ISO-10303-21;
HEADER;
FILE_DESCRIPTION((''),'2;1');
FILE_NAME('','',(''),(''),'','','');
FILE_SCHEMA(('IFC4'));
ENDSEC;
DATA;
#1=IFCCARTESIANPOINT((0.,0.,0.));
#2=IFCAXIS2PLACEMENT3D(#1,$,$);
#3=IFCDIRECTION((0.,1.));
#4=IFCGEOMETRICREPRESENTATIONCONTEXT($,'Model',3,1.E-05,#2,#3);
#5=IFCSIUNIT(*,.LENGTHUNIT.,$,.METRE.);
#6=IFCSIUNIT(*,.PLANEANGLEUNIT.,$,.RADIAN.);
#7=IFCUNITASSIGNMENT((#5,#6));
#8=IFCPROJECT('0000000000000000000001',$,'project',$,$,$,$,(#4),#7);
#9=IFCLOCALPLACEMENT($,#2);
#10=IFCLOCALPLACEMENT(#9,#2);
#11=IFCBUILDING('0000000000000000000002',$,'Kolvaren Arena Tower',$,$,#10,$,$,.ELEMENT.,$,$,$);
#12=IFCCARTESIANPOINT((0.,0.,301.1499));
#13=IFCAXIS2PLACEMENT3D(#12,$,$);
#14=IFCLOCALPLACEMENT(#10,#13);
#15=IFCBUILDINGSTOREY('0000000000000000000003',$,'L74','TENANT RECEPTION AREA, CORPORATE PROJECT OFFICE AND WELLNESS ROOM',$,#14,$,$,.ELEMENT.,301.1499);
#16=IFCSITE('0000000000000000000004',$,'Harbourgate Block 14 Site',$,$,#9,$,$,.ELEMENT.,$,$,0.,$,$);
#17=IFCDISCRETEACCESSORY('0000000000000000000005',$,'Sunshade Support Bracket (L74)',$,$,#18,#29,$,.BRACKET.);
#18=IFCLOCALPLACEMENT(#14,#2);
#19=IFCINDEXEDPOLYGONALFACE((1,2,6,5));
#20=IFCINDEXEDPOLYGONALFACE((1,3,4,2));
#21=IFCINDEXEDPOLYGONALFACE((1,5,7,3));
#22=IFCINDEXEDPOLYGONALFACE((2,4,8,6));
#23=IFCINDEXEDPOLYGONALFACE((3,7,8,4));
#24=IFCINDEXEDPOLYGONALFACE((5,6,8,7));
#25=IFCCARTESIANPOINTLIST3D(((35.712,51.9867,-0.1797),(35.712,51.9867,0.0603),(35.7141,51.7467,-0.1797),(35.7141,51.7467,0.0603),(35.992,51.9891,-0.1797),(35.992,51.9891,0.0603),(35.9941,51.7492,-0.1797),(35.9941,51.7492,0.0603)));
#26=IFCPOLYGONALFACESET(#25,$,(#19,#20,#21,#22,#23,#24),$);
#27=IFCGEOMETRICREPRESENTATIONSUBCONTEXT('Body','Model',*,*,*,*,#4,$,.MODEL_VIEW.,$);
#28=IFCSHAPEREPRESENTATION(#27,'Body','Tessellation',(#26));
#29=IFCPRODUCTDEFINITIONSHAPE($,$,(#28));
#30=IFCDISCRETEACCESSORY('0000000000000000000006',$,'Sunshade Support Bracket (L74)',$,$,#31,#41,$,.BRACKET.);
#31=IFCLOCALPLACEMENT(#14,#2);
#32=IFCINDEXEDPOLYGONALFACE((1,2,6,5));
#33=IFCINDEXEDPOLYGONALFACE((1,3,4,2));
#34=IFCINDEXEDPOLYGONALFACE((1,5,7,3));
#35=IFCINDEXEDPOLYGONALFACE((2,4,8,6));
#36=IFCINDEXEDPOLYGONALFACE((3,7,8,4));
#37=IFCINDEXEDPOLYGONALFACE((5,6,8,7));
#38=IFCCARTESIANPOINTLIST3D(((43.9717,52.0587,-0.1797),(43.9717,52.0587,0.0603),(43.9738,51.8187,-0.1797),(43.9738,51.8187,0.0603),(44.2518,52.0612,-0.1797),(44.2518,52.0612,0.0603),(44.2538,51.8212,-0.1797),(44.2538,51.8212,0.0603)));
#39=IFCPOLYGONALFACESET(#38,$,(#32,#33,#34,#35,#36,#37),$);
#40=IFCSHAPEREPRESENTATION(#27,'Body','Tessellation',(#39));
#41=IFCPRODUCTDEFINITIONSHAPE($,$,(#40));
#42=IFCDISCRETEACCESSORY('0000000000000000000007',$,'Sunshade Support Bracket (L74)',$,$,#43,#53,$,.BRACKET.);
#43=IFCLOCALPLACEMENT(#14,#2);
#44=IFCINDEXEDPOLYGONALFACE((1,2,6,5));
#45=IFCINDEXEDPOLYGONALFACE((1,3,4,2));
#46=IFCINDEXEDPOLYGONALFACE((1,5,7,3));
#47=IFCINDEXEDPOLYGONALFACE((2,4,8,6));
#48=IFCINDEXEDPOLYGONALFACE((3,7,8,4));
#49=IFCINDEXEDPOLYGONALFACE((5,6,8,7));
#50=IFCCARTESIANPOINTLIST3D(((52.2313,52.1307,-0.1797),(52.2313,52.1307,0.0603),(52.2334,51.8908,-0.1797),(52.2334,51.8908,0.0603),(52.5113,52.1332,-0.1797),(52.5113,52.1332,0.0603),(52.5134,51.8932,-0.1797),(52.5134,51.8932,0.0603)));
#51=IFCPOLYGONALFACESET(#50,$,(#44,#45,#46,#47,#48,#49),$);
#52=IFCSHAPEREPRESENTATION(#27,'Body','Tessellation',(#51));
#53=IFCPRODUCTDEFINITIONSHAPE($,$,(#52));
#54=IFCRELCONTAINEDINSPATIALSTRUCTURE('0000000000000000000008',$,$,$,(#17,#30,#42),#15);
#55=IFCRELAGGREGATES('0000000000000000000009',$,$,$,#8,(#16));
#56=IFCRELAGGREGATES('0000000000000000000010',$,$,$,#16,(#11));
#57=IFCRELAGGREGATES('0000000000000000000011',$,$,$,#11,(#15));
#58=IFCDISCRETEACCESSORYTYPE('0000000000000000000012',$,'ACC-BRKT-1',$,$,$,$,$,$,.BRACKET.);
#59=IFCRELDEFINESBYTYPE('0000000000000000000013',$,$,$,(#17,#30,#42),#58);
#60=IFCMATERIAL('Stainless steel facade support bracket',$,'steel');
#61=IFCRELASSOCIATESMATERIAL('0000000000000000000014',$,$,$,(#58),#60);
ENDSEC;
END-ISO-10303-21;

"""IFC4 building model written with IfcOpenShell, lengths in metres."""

from ifc_helpers import new_model, si_unit, direction, frame, origin, origin_2d, place, context, subcontext, project, spatial, rectangle, extrude, material, type_object, element, save


model = new_model("IFC4")

# Units and contexts
model_context = context("Model", 3, precision=1e-05, world=origin(), true_north=direction((0.0, 1.0)))
body_context = subcontext(model_context, "Body", "Model", "MODEL_VIEW")
ifc_project = project(units=[si_unit("LENGTHUNIT", "METRE"), si_unit("PLANEANGLEUNIT", "RADIAN")], contexts=[model_context])

# Site, building, storey
site_placement = place(None, origin())
site = spatial("IfcSite", under=ifc_project, at=site_placement, Name="Harbourgate Block 14 Site", CompositionType="ELEMENT", RefElevation=0.0)
building_placement = place(site_placement, origin())
building = spatial("IfcBuilding", under=site, at=building_placement, Name="Kolvaren Arena Tower", CompositionType="ELEMENT")
storey_placement = place(building_placement, frame((0.0, 0.0, 301.1499)))
storey = spatial("IfcBuildingStorey", under=building, at=storey_placement, Name="L74", Description="TENANT RECEPTION AREA, CORPORATE PROJECT OFFICE AND WELLNESS ROOM", CompositionType="ELEMENT", Elevation=301.1499)

# Discrete accessories
ifc_material_1 = material(Name="Stainless steel facade support bracket", Category="steel")
discrete_accessory_type = type_object("IfcDiscreteAccessoryType", Name="ACC-BRKT-1", PredefinedType="BRACKET", material=ifc_material_1)
for number, where, z_axis, x_axis, name in (
    (1, (35.853, 51.8679, -0.1797), (0.0, 0.0, 1.0), (0.999962, 0.008727, 0.0), "Sunshade Support Bracket (L74)"),
    (2, (44.1128, 51.9399, -0.1797), (0.0, 0.0, 1.0), (0.999962, 0.008727, 0.0), "Sunshade Support Bracket (L74)"),
    (3, (52.3723, 52.012, -0.1797), (0.0, 0.0, 1.0), (0.999962, 0.008727, 0.0), "Sunshade Support Bracket (L74)"),
):
    element("IfcDiscreteAccessory", number, at=place(storey_placement, frame(where, z_axis=z_axis, x_axis=x_axis)), inside=storey, type_object=discrete_accessory_type, Name=name, PredefinedType="BRACKET", context=body_context, shape_type="SweptSolid", body=[
        extrude(rectangle(XDim=0.28, YDim=0.24, at=origin_2d()), origin(), (0.0, 0.0, 1.0), 0.24),
    ])

save(model, "model.ifc")
